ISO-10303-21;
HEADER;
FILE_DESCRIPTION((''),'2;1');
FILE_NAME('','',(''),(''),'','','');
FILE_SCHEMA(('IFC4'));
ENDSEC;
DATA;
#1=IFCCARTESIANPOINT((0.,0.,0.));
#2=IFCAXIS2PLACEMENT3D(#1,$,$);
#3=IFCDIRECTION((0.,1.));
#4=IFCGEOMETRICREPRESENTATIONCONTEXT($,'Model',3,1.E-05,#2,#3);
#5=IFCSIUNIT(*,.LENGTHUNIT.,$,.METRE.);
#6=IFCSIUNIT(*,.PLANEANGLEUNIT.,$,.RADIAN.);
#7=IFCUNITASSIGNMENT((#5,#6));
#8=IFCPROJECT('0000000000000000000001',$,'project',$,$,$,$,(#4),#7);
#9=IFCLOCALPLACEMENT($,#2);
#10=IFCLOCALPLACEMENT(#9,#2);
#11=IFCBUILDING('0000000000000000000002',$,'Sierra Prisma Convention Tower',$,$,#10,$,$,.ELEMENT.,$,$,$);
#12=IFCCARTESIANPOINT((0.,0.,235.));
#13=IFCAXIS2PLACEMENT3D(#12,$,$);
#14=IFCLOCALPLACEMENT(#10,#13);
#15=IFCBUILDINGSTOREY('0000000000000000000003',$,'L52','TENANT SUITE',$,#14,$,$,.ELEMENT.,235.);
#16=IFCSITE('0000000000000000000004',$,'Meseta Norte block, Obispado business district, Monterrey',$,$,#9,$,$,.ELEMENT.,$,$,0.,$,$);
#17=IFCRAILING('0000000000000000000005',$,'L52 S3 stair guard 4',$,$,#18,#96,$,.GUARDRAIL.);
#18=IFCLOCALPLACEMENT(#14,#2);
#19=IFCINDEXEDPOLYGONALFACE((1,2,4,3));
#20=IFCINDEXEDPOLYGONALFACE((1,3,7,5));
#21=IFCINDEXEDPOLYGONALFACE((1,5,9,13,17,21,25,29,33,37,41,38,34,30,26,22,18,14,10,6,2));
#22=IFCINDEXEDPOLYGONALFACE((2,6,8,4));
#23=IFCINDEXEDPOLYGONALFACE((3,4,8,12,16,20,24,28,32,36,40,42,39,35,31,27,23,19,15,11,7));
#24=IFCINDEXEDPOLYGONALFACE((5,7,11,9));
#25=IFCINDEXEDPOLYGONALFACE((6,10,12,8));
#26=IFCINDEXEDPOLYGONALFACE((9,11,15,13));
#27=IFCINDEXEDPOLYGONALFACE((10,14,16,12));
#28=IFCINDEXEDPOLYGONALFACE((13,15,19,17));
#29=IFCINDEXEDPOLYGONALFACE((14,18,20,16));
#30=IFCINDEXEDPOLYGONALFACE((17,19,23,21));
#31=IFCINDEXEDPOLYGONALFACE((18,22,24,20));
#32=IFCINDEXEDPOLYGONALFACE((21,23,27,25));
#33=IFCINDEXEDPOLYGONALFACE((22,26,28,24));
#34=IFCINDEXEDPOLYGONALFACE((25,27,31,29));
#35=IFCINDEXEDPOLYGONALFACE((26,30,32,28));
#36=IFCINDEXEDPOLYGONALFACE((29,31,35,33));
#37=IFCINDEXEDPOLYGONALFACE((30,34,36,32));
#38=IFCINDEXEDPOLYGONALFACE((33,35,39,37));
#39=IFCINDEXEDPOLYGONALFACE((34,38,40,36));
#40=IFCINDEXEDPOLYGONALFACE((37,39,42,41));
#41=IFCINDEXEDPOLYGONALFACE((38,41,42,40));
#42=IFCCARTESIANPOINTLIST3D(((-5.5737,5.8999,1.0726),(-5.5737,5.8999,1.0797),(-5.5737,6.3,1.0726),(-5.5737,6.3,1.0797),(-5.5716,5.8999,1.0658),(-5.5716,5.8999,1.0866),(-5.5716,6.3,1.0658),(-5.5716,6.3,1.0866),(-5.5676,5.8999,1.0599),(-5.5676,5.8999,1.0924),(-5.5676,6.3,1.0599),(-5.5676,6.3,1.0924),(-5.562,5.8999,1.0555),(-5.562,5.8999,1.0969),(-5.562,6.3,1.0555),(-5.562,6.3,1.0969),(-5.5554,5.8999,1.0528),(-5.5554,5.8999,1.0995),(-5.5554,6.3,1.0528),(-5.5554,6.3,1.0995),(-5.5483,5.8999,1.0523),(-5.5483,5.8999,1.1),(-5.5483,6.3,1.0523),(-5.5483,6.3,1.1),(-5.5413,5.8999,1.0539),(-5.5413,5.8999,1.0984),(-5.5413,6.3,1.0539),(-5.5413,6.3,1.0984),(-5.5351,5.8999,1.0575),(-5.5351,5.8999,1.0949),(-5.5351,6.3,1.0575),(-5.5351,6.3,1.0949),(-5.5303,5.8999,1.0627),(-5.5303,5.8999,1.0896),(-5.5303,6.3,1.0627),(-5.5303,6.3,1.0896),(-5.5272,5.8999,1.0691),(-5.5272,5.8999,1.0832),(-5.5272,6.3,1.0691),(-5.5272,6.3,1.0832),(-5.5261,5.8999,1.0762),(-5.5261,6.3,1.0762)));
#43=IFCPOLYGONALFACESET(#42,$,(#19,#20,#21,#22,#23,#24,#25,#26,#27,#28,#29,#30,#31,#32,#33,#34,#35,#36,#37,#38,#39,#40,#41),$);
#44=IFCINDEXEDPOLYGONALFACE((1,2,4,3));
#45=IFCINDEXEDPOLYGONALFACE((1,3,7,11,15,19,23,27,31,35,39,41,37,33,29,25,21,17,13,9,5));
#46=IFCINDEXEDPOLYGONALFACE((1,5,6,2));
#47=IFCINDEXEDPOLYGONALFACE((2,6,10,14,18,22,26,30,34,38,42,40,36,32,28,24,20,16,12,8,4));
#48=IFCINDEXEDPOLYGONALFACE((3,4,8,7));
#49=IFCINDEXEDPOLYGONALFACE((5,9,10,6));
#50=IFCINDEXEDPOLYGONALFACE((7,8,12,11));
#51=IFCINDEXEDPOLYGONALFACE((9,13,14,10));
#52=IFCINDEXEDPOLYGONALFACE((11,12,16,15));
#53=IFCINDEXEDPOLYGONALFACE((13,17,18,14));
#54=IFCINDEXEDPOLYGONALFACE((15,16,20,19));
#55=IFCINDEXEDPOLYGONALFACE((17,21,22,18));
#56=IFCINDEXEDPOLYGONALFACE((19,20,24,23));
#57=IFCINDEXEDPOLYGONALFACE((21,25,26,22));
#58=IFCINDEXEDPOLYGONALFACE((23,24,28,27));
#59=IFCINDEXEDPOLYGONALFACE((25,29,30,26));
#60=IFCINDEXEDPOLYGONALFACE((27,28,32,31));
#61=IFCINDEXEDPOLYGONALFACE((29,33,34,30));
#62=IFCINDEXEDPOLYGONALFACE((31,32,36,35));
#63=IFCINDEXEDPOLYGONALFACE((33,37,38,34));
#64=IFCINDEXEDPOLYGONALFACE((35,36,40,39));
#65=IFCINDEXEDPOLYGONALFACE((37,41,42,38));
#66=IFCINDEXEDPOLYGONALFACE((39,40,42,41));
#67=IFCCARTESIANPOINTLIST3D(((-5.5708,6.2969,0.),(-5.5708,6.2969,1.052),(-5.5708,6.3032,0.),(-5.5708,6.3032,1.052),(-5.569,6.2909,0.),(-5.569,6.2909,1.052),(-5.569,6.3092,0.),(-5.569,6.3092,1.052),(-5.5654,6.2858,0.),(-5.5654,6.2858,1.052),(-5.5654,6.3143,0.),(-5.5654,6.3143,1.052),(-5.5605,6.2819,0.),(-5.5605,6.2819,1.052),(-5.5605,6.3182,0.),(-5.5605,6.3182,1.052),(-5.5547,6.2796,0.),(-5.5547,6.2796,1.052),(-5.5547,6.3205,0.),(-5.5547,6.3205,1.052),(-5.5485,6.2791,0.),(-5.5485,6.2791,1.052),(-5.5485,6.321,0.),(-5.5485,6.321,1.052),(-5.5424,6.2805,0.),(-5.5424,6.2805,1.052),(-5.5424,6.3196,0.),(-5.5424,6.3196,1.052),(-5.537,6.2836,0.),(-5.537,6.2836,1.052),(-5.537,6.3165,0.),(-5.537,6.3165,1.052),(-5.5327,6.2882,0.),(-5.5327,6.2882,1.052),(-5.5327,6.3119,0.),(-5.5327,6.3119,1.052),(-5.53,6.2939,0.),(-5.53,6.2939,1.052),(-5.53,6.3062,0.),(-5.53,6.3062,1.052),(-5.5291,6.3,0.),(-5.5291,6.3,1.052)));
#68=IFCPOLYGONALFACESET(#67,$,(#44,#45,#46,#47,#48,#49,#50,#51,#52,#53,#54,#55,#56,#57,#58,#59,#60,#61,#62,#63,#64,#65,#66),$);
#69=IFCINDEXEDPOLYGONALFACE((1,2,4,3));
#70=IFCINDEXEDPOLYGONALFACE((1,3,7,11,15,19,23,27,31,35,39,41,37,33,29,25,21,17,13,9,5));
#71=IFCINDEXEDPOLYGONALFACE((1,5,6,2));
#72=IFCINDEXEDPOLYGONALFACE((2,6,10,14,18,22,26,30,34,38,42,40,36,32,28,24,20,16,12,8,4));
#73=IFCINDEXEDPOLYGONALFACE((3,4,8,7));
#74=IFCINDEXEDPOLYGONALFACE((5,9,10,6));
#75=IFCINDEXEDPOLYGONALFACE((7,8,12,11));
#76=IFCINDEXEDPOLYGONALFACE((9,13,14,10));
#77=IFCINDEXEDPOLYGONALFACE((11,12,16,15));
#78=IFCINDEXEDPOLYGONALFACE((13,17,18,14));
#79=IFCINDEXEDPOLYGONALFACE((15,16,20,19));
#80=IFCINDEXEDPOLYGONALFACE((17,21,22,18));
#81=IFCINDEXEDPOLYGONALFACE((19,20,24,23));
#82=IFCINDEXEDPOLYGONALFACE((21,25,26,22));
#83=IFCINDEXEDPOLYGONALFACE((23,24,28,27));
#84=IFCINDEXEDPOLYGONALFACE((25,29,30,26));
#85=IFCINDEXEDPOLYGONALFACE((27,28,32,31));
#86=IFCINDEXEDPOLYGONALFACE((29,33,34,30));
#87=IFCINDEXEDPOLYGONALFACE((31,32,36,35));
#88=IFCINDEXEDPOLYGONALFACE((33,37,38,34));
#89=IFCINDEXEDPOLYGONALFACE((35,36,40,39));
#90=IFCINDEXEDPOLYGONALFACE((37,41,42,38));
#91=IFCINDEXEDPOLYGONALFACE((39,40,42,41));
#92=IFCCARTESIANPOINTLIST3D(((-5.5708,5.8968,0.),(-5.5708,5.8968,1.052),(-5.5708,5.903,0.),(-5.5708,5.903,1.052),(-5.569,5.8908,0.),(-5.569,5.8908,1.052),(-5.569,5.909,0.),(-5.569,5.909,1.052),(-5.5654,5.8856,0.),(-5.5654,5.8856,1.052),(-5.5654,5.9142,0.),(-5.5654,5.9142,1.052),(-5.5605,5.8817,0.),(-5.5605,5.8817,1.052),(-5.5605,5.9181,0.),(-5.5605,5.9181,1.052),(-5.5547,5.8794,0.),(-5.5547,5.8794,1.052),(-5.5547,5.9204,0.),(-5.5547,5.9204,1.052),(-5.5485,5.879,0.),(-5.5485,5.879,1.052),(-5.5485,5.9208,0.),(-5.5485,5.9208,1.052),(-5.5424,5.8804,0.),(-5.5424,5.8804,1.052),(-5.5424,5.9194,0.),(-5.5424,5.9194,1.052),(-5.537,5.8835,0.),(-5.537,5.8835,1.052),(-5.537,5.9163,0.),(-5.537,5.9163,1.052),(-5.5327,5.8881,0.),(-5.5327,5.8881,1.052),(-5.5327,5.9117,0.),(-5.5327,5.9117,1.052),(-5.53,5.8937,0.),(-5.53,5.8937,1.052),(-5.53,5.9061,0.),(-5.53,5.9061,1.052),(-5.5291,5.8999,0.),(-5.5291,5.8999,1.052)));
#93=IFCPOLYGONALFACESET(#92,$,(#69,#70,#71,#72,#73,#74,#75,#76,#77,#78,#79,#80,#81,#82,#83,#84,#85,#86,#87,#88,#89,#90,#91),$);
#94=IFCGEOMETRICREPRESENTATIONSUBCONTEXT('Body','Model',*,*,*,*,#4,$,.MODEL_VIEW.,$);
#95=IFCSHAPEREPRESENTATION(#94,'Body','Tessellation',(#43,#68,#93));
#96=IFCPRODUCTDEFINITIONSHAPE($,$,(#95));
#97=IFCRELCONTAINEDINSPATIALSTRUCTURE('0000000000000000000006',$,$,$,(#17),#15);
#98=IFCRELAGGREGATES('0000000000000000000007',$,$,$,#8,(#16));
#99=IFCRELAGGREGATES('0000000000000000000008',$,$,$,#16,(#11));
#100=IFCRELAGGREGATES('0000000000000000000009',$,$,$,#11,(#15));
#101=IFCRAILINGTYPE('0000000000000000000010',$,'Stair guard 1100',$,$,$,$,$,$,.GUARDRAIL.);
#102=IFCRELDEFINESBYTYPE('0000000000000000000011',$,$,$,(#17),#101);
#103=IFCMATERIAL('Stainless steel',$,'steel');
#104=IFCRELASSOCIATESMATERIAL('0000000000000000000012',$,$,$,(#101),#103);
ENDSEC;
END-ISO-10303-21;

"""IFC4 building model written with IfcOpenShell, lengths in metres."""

from ifc_helpers import new_model, si_unit, direction, frame, origin, origin_2d, place, context, subcontext, project, spatial, circle, extrude, material, type_object, element, save


model = new_model("IFC4")

# Units and contexts
model_context = context("Model", 3, precision=1e-05, world=origin(), true_north=direction((0.0, 1.0)))
body_context = subcontext(model_context, "Body", "Model", "MODEL_VIEW")
ifc_project = project(units=[si_unit("LENGTHUNIT", "METRE"), si_unit("PLANEANGLEUNIT", "RADIAN")], contexts=[model_context])

# Site, building, storey
site_placement = place(None, origin())
site = spatial("IfcSite", under=ifc_project, at=site_placement, Name="Meseta Norte block, Obispado business district, Monterrey", CompositionType="ELEMENT", RefElevation=0.0)
building_placement = place(site_placement, origin())
building = spatial("IfcBuilding", under=site, at=building_placement, Name="Sierra Prisma Convention Tower", CompositionType="ELEMENT")
storey_placement = place(building_placement, frame((0.0, 0.0, 235.0)))
storey = spatial("IfcBuildingStorey", under=building, at=storey_placement, Name="L52", Description="TENANT SUITE", CompositionType="ELEMENT", Elevation=235.0)

# Railing
ifc_material_1 = material(Name="Stainless steel", Category="steel")
railing_type_1 = type_object("IfcRailingType", Name="Stair guard 1100", PredefinedType="GUARDRAIL", material=ifc_material_1)
railing_1_placement = place(storey_placement, frame((-5.55, 6.3, 0.0)))
element("IfcRailing", 1, at=railing_1_placement, inside=storey, type_object=railing_type_1, Name="L52 S3 stair guard 4", PredefinedType="GUARDRAIL", context=body_context, shape_type="SweptSolid", body=[
    extrude(circle(Radius=0.0239, at=origin_2d()), frame((0.0, 0.0, 1.0762), z_axis=(0.0, -1.0, 0.0), x_axis=(1.0, 0.0, 0.0)), (0.0, 0.0, 1.0), 0.4001),
    extrude(circle(Radius=0.021, at=origin_2d()), origin(), (0.0, 0.0, 1.0), 1.052),
    extrude(circle(Radius=0.021, at=origin_2d()), frame((0.0, -0.4001, 0.0)), (0.0, 0.0, 1.0), 1.052),
])

save(model, "model.ifc")
